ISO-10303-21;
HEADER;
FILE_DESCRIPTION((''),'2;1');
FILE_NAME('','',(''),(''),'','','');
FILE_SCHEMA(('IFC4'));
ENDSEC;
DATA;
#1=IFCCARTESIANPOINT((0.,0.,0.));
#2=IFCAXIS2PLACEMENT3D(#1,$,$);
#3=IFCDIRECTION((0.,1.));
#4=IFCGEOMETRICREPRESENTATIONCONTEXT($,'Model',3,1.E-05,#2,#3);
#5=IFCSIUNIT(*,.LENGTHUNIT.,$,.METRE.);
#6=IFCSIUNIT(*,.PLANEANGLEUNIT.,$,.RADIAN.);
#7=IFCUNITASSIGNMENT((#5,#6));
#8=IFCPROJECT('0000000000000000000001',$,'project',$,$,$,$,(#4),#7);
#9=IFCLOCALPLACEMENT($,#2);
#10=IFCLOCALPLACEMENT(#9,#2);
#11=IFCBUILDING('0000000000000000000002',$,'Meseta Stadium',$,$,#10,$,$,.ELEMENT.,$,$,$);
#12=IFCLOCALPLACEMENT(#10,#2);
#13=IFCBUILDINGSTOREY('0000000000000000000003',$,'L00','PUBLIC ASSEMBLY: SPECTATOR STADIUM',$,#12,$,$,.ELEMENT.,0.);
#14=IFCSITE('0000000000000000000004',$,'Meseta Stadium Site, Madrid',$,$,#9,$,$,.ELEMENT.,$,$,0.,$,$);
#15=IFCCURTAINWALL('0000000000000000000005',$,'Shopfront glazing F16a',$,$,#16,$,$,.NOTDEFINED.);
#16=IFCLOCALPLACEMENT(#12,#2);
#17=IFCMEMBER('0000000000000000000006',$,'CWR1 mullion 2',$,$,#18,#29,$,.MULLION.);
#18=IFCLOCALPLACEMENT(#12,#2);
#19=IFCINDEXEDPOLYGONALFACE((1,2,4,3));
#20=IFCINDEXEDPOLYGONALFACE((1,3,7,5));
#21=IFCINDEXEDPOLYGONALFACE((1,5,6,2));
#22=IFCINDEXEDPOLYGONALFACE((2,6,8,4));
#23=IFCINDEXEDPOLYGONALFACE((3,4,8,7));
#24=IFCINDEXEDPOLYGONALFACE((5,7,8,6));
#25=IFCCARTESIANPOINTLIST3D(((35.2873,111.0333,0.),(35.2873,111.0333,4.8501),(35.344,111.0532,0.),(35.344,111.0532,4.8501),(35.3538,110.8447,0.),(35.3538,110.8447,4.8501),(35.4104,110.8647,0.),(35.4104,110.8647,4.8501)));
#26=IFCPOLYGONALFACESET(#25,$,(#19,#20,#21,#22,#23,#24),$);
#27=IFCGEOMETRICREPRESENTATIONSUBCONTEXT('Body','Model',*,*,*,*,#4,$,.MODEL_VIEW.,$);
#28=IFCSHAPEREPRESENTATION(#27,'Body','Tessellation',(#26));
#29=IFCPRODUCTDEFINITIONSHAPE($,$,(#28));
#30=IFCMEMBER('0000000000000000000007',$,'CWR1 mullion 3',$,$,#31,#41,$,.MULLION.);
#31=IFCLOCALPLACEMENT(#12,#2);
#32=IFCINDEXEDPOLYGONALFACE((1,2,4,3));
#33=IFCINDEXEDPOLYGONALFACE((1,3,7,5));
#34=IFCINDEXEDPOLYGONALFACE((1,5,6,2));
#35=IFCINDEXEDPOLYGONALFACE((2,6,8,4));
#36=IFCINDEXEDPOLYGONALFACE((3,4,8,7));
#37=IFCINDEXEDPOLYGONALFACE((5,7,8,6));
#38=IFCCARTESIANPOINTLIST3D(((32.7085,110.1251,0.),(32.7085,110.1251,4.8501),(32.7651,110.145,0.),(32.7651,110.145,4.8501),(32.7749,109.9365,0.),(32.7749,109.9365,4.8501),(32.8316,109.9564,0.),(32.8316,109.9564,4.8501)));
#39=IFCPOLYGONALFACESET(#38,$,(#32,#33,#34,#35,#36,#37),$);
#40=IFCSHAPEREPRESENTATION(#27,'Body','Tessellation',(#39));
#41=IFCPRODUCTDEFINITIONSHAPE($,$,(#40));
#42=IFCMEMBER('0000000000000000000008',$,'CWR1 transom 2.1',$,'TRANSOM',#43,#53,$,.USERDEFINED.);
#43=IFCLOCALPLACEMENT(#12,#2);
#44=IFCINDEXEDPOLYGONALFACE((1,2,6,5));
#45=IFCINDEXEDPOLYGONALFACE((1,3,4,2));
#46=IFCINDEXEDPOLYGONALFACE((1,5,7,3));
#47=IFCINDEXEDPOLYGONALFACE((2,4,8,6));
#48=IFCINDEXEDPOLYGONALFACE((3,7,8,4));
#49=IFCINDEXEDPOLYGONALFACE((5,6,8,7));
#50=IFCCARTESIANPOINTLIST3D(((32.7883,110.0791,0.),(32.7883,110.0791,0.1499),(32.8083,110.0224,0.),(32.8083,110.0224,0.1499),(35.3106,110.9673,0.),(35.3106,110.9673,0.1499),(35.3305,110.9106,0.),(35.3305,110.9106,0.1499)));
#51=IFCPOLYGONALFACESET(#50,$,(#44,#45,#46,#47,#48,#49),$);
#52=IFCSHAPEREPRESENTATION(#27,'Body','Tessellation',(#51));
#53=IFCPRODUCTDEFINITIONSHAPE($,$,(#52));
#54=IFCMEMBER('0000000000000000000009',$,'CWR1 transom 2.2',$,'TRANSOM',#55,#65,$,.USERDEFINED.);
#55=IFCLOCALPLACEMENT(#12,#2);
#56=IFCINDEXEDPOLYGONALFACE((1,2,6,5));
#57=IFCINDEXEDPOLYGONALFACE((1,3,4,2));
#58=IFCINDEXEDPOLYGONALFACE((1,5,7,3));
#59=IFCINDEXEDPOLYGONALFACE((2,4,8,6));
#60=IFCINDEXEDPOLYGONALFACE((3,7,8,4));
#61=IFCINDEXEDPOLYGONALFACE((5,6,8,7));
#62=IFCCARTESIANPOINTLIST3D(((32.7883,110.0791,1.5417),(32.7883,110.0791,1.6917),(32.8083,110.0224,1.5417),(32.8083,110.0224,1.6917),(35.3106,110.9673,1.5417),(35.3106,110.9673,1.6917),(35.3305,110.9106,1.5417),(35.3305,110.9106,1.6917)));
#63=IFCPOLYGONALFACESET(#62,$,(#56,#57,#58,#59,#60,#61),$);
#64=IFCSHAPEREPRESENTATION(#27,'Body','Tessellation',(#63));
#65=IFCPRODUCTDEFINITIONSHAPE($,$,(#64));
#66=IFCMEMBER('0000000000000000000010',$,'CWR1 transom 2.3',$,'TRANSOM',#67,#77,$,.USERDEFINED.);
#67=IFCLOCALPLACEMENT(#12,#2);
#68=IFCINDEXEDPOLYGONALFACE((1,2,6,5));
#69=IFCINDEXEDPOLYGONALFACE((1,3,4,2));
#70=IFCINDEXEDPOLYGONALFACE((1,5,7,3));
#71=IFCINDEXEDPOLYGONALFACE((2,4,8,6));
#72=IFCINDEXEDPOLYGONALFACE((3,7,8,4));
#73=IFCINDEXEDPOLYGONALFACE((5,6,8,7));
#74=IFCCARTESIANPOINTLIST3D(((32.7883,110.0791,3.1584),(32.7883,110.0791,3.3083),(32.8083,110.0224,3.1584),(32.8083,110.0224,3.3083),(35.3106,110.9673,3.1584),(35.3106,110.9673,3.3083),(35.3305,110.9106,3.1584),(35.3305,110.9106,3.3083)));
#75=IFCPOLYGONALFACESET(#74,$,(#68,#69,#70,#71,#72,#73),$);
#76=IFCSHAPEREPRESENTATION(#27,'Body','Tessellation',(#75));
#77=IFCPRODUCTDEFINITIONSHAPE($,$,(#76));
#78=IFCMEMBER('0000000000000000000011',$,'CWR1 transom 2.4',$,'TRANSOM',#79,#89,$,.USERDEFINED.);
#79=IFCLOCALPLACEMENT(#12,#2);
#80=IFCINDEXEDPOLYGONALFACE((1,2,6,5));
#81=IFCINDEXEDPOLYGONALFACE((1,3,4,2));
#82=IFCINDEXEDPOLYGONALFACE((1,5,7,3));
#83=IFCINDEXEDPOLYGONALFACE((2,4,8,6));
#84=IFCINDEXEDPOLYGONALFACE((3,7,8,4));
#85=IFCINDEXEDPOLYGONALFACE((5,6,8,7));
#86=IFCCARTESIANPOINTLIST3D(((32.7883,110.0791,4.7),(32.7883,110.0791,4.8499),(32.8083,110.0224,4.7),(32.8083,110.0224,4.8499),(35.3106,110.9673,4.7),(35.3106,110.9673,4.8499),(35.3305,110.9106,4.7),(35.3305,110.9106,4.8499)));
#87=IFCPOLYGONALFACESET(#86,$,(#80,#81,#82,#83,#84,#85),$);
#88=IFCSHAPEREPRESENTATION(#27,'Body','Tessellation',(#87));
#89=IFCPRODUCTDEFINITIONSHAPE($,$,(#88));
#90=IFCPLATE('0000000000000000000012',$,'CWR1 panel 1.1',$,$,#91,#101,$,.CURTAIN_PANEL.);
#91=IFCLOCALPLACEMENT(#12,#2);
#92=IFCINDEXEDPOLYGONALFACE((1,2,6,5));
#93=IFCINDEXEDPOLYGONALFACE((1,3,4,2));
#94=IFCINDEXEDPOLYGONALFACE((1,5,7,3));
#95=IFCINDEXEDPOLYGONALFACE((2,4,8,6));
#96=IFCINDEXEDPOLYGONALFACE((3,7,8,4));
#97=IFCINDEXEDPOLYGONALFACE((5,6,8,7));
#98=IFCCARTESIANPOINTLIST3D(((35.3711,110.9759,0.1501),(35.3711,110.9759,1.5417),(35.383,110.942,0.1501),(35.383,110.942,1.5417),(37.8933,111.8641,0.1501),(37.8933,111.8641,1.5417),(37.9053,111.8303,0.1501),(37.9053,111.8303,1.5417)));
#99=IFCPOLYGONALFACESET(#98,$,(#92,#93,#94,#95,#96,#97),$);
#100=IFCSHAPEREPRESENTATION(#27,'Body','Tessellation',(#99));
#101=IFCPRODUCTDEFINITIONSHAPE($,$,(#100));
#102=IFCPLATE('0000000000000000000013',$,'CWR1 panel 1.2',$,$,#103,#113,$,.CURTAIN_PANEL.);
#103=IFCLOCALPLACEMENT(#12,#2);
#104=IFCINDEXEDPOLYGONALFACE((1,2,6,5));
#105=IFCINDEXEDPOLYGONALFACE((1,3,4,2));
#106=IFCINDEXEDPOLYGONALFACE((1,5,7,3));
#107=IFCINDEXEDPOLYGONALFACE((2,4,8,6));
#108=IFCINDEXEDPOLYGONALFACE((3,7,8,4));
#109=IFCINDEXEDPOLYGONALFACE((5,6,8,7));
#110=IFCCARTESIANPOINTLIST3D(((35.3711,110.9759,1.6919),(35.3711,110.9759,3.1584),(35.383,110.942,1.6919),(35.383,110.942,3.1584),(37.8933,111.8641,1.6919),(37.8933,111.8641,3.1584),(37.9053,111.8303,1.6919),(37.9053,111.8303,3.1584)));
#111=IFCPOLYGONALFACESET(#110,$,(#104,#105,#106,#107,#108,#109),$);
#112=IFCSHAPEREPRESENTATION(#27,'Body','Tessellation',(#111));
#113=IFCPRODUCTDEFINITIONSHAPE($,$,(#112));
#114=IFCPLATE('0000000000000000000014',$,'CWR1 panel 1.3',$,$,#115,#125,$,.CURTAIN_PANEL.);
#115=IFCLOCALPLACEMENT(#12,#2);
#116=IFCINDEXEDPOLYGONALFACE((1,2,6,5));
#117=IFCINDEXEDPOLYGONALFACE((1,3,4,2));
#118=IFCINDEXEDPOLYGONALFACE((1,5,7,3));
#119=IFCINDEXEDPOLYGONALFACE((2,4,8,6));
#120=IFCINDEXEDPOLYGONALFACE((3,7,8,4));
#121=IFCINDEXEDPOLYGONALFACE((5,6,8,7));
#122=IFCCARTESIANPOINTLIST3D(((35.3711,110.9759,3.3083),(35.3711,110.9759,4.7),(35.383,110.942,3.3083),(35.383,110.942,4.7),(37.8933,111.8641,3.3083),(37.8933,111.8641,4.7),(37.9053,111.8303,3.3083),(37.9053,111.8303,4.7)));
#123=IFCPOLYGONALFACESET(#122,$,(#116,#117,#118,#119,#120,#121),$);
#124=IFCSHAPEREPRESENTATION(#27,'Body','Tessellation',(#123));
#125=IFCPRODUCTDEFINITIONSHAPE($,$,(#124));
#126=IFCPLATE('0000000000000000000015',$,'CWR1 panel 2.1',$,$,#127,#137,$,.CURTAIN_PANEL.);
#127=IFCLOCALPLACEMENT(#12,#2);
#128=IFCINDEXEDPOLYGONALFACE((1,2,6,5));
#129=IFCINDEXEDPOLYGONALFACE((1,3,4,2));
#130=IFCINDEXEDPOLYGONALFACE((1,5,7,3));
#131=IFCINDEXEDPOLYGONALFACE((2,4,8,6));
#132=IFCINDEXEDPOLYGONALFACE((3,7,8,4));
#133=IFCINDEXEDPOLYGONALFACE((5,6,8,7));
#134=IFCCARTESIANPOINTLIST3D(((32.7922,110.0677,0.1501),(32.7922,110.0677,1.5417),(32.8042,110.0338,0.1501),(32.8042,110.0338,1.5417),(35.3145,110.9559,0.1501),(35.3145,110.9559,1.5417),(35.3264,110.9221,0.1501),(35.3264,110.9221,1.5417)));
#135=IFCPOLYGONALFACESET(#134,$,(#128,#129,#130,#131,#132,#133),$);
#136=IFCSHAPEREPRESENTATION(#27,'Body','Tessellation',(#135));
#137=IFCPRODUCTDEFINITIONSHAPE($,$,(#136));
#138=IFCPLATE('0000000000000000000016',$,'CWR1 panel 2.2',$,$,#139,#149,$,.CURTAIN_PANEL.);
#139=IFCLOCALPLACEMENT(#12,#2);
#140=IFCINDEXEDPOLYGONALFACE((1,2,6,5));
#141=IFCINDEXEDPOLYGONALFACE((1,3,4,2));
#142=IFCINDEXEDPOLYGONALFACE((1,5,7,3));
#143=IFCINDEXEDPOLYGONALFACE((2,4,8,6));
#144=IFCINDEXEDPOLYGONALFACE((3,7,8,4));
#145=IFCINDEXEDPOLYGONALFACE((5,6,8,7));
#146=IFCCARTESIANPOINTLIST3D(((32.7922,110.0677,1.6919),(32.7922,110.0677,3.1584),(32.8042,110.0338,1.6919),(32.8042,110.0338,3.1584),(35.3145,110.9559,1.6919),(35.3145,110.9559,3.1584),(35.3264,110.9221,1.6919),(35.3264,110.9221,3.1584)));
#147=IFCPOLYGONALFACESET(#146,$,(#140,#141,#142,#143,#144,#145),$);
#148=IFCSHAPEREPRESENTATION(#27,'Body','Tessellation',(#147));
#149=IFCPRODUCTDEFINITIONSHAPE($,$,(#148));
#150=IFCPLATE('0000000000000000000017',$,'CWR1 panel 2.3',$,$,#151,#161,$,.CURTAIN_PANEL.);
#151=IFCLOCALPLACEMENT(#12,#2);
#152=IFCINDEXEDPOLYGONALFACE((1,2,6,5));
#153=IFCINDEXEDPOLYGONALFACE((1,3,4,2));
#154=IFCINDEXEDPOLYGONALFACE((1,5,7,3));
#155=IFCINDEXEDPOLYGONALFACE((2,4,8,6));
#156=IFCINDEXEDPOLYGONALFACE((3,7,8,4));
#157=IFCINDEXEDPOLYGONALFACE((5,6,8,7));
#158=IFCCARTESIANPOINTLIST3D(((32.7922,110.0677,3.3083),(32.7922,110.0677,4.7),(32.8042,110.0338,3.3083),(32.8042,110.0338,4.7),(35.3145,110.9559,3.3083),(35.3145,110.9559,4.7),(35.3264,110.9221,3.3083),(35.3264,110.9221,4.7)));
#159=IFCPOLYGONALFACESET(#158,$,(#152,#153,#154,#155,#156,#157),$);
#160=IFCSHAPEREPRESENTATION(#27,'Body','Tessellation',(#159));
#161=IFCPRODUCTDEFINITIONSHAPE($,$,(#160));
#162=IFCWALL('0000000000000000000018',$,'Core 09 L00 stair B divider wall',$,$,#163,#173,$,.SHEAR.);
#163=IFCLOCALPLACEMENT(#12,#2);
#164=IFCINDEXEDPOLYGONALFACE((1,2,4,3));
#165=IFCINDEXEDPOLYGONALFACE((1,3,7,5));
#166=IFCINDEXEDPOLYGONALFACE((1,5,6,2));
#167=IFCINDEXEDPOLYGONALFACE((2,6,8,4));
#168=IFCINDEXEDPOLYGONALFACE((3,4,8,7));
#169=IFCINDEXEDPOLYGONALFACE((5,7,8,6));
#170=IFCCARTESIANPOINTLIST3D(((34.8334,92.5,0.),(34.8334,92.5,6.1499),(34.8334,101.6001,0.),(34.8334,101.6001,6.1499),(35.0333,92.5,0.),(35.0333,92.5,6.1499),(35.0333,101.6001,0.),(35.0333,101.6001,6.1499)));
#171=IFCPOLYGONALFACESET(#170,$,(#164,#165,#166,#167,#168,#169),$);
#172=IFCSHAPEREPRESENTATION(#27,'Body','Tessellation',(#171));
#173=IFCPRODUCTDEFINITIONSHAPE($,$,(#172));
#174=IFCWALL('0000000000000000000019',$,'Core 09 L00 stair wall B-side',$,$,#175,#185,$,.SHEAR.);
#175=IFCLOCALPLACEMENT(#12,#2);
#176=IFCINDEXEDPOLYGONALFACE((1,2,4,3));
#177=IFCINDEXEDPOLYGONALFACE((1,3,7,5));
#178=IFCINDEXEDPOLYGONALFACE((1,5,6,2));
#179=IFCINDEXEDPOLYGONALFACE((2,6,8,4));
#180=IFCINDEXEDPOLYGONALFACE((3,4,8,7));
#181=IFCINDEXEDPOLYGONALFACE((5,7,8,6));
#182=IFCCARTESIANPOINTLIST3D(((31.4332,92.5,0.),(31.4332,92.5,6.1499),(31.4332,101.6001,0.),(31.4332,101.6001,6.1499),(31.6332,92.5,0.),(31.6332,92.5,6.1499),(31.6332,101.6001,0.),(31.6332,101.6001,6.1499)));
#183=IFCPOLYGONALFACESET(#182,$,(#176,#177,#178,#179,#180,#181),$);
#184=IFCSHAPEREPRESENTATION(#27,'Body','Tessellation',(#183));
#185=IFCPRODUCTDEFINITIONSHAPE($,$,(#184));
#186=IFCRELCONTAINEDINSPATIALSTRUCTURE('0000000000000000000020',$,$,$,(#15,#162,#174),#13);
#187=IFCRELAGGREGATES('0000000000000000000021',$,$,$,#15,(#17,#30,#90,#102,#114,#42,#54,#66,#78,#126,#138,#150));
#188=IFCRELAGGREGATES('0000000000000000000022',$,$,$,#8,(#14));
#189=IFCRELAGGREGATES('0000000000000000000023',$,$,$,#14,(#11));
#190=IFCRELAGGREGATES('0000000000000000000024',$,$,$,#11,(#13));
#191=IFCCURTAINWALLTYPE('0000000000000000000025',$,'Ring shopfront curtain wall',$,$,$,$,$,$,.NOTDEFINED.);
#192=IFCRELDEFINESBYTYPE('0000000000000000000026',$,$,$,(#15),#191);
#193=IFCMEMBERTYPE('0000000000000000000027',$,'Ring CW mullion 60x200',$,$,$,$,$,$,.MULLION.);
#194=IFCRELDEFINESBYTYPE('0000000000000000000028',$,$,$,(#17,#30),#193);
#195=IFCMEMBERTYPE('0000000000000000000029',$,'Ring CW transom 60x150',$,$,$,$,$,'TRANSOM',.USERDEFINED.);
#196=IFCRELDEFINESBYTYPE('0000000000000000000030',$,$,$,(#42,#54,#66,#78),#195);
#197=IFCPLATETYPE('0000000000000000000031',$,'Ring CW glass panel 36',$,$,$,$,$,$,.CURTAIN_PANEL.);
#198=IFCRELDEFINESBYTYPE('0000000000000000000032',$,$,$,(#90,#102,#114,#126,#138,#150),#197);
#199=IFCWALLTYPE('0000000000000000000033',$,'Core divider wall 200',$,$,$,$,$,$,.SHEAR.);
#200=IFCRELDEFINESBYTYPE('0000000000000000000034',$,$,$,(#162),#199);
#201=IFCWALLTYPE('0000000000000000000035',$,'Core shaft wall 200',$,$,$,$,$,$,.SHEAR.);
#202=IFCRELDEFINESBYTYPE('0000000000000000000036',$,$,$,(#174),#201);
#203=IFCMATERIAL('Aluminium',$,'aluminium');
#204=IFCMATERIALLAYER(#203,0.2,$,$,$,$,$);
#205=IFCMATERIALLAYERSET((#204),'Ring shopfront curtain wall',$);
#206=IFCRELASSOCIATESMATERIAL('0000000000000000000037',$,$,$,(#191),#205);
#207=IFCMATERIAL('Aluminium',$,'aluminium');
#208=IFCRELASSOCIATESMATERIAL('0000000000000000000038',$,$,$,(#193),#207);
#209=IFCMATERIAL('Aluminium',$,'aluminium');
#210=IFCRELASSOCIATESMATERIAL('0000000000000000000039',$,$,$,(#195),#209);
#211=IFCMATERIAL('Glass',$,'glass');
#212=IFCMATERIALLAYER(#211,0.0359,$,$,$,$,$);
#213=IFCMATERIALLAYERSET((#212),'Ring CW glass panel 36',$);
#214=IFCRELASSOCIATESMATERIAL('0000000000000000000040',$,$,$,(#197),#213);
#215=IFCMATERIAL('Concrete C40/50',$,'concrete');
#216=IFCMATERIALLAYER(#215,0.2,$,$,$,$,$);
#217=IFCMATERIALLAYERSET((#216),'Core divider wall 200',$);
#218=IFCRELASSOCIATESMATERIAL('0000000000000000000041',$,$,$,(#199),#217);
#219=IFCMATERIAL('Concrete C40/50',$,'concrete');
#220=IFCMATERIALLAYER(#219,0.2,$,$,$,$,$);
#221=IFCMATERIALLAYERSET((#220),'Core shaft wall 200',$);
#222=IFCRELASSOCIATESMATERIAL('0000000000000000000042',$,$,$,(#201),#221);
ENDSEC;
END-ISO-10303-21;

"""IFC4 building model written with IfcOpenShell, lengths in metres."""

from ifc_helpers import new_model, si_unit, direction, frame, frame_2d, origin, origin_2d, place, context, subcontext, project, spatial, rectangle, extrude, material, layer, layer_set, material_profile, profile_set, type_object, element, aggregate, save


model = new_model("IFC4")

# Units and contexts
model_context = context("Model", 3, precision=1e-05, world=origin(), true_north=direction((0.0, 1.0)))
body_context = subcontext(model_context, "Body", "Model", "MODEL_VIEW")
ifc_project = project(units=[si_unit("LENGTHUNIT", "METRE"), si_unit("PLANEANGLEUNIT", "RADIAN")], contexts=[model_context])

# Site, building, storey
site_placement = place(None, origin())
site = spatial("IfcSite", under=ifc_project, at=site_placement, Name="Meseta Stadium Site, Madrid", CompositionType="ELEMENT", RefElevation=0.0)
building_placement = place(site_placement, origin())
building = spatial("IfcBuilding", under=site, at=building_placement, Name="Meseta Stadium", CompositionType="ELEMENT")
storey_placement = place(building_placement, origin())
storey = spatial("IfcBuildingStorey", under=building, at=storey_placement, Name="L00", Description="PUBLIC ASSEMBLY: SPECTATOR STADIUM", CompositionType="ELEMENT", Elevation=0.0)

# Curtain wall, members, plates
ifc_material_1 = material(Name="Aluminium", Category="aluminium")
ifc_layer_1 = layer(ifc_material_1, 0.2)
ifc_layer_set_1 = layer_set([ifc_layer_1], Name="Ring shopfront curtain wall")
curtain_wall_type = type_object("IfcCurtainWallType", Name="Ring shopfront curtain wall", PredefinedType="NOTDEFINED", material=ifc_layer_set_1)
curtain_wall_placement = place(storey_placement, origin())
curtain_wall = element("IfcCurtainWall", 1, at=curtain_wall_placement, inside=storey, type_object=curtain_wall_type, Name="Shopfront glazing F16a", PredefinedType="NOTDEFINED")
ifc_material_2 = material(Name="Aluminium", Category="aluminium")
ifc_material_profile_1 = material_profile(ifc_material_2, rectangle(XDim=0.2, YDim=0.0601, at=origin_2d()), Name="CW 200x60")
ifc_profile_set_1 = profile_set([ifc_material_profile_1], Name="Aluminium")
member_type_1 = type_object("IfcMemberType", Name="Ring CW mullion 60x200", PredefinedType="MULLION", material=ifc_profile_set_1)
member_1_placement = place(storey_placement, frame((35.3489, 110.949, 0.0), z_axis=(0.0, 0.0, 1.0), x_axis=(0.33217, -0.94322, 0.0)))
member_1 = element("IfcMember", 2, at=member_1_placement, type_object=member_type_1, Name="CWR1 mullion 2", PredefinedType="MULLION", context=body_context, shape_type="SweptSolid", body=[
    extrude(rectangle(XDim=0.2, YDim=0.0601, at=origin_2d()), origin(), (0.0, 0.0, 1.0), 4.8501),
])
member_2_placement = place(storey_placement, frame((32.77, 110.0408, 0.0), z_axis=(0.0, 0.0, 1.0), x_axis=(0.33217, -0.94322, 0.0)))
member_2 = element("IfcMember", 3, at=member_2_placement, type_object=member_type_1, Name="CWR1 mullion 3", PredefinedType="MULLION", context=body_context, shape_type="SweptSolid", body=[
    extrude(rectangle(XDim=0.2, YDim=0.0601, at=origin_2d()), origin(), (0.0, 0.0, 1.0), 4.8501),
])
ifc_material_3 = material(Name="Aluminium", Category="aluminium")
ifc_material_profile_2 = material_profile(ifc_material_3, rectangle(XDim=0.0601, YDim=0.1499, at=origin_2d()), Name="CW 60x150")
ifc_profile_set_2 = profile_set([ifc_material_profile_2], Name="Aluminium")
member_type_2 = type_object("IfcMemberType", Name="Ring CW transom 60x150", ElementType="TRANSOM", PredefinedType="USERDEFINED", material=ifc_profile_set_2)
member_3_placement = place(storey_placement, frame((35.3206, 110.939, 0.075), z_axis=(-0.943226, -0.332151, 0.0), x_axis=(0.332151, -0.943226, 0.0)))
member_3 = element("IfcMember", 4, at=member_3_placement, type_object=member_type_2, Name="CWR1 transom 2.1", ObjectType="TRANSOM", PredefinedType="USERDEFINED", context=body_context, shape_type="SweptSolid", body=[
    extrude(rectangle(XDim=0.0601, YDim=0.1499, at=origin_2d()), origin(), (0.0, 0.0, 1.0), 2.6741),
])
member_4_placement = place(storey_placement, frame((35.3206, 110.939, 1.6167), z_axis=(-0.943226, -0.332151, 0.0), x_axis=(0.332151, -0.943226, 0.0)))
member_4 = element("IfcMember", 5, at=member_4_placement, type_object=member_type_2, Name="CWR1 transom 2.2", ObjectType="TRANSOM", PredefinedType="USERDEFINED", context=body_context, shape_type="SweptSolid", body=[
    extrude(rectangle(XDim=0.0601, YDim=0.1499, at=origin_2d()), origin(), (0.0, 0.0, 1.0), 2.6741),
])
member_5_placement = place(storey_placement, frame((35.3206, 110.939, 3.2334), z_axis=(-0.943226, -0.332151, 0.0), x_axis=(0.332151, -0.943226, 0.0)))
member_5 = element("IfcMember", 6, at=member_5_placement, type_object=member_type_2, Name="CWR1 transom 2.3", ObjectType="TRANSOM", PredefinedType="USERDEFINED", context=body_context, shape_type="SweptSolid", body=[
    extrude(rectangle(XDim=0.0601, YDim=0.1499, at=origin_2d()), origin(), (0.0, 0.0, 1.0), 2.6741),
])
member_6_placement = place(storey_placement, frame((35.3206, 110.939, 4.7749), z_axis=(-0.943226, -0.332151, 0.0), x_axis=(0.332151, -0.943226, 0.0)))
member_6 = element("IfcMember", 7, at=member_6_placement, type_object=member_type_2, Name="CWR1 transom 2.4", ObjectType="TRANSOM", PredefinedType="USERDEFINED", context=body_context, shape_type="SweptSolid", body=[
    extrude(rectangle(XDim=0.0601, YDim=0.1499, at=origin_2d()), origin(), (0.0, 0.0, 1.0), 2.6741),
])
ifc_material_4 = material(Name="Glass", Category="glass")
ifc_layer_2 = layer(ifc_material_4, 0.0359)
ifc_layer_set_2 = layer_set([ifc_layer_2], Name="Ring CW glass panel 36")
plate_type = type_object("IfcPlateType", Name="Ring CW glass panel 36", PredefinedType="CURTAIN_PANEL", material=ifc_layer_set_2)
plate_1_placement = place(storey_placement, frame((36.6382, 111.4031, 0.1501), z_axis=(0.0, 0.0, 1.0), x_axis=(-0.94322, -0.33217, 0.0)))
plate_1 = element("IfcPlate", 8, at=plate_1_placement, type_object=plate_type, Name="CWR1 panel 1.1", PredefinedType="CURTAIN_PANEL", context=body_context, shape_type="SweptSolid", body=[
    extrude(rectangle(XDim=2.6741, YDim=0.0359, at=origin_2d()), origin(), (0.0, 0.0, 1.0), 1.3916),
])
plate_2_placement = place(storey_placement, frame((36.6382, 111.4031, 1.6919), z_axis=(0.0, 0.0, 1.0), x_axis=(-0.94322, -0.33217, 0.0)))
plate_2 = element("IfcPlate", 9, at=plate_2_placement, type_object=plate_type, Name="CWR1 panel 1.2", PredefinedType="CURTAIN_PANEL", context=body_context, shape_type="SweptSolid", body=[
    extrude(rectangle(XDim=2.6741, YDim=0.0359, at=origin_2d()), origin(), (0.0, 0.0, 1.0), 1.4666),
])
plate_3_placement = place(storey_placement, frame((36.6382, 111.4031, 3.3083), z_axis=(0.0, 0.0, 1.0), x_axis=(-0.94322, -0.33217, 0.0)))
plate_3 = element("IfcPlate", 10, at=plate_3_placement, type_object=plate_type, Name="CWR1 panel 1.3", PredefinedType="CURTAIN_PANEL", context=body_context, shape_type="SweptSolid", body=[
    extrude(rectangle(XDim=2.6741, YDim=0.0359, at=origin_2d()), origin(), (0.0, 0.0, 1.0), 1.3916),
])
plate_4_placement = place(storey_placement, frame((34.0593, 110.4949, 0.1501), z_axis=(0.0, 0.0, 1.0), x_axis=(-0.94322, -0.33217, 0.0)))
plate_4 = element("IfcPlate", 11, at=plate_4_placement, type_object=plate_type, Name="CWR1 panel 2.1", PredefinedType="CURTAIN_PANEL", context=body_context, shape_type="SweptSolid", body=[
    extrude(rectangle(XDim=2.6741, YDim=0.0359, at=origin_2d()), origin(), (0.0, 0.0, 1.0), 1.3916),
])
plate_5_placement = place(storey_placement, frame((34.0593, 110.4949, 1.6919), z_axis=(0.0, 0.0, 1.0), x_axis=(-0.94322, -0.33217, 0.0)))
plate_5 = element("IfcPlate", 12, at=plate_5_placement, type_object=plate_type, Name="CWR1 panel 2.2", PredefinedType="CURTAIN_PANEL", context=body_context, shape_type="SweptSolid", body=[
    extrude(rectangle(XDim=2.6741, YDim=0.0359, at=origin_2d()), origin(), (0.0, 0.0, 1.0), 1.4666),
])
plate_6_placement = place(storey_placement, frame((34.0593, 110.4949, 3.3083), z_axis=(0.0, 0.0, 1.0), x_axis=(-0.94322, -0.33217, 0.0)))
plate_6 = element("IfcPlate", 13, at=plate_6_placement, type_object=plate_type, Name="CWR1 panel 2.3", PredefinedType="CURTAIN_PANEL", context=body_context, shape_type="SweptSolid", body=[
    extrude(rectangle(XDim=2.6741, YDim=0.0359, at=origin_2d()), origin(), (0.0, 0.0, 1.0), 1.3916),
])
aggregate(curtain_wall, [member_1, member_2, plate_1, plate_2, plate_3, member_3, member_4, member_5, member_6, plate_4, plate_5, plate_6])

# Walls
ifc_material_5 = material(Name="Concrete C40/50", Category="concrete")
ifc_layer_3 = layer(ifc_material_5, 0.2)
ifc_layer_set_3 = layer_set([ifc_layer_3], Name="Core divider wall 200")
wall_type_1 = type_object("IfcWallType", Name="Core divider wall 200", PredefinedType="SHEAR", material=ifc_layer_set_3)
wall_1_placement = place(storey_placement, frame((34.9333, 101.6001, 0.0), z_axis=(0.0, 0.0, 1.0), x_axis=(0.0, -1.0, 0.0)))
element("IfcWall", 14, at=wall_1_placement, inside=storey, type_object=wall_type_1, Name="Core 09 L00 stair B divider wall", PredefinedType="SHEAR", context=body_context, shape_type="SweptSolid", body=[
    extrude(rectangle(XDim=9.1001, YDim=0.2, at=frame_2d((4.55, 0.0))), origin(), (0.0, 0.0, 1.0), 6.1499),
])
ifc_material_6 = material(Name="Concrete C40/50", Category="concrete")
ifc_layer_4 = layer(ifc_material_6, 0.2)
ifc_layer_set_4 = layer_set([ifc_layer_4], Name="Core shaft wall 200")
wall_type_2 = type_object("IfcWallType", Name="Core shaft wall 200", PredefinedType="SHEAR", material=ifc_layer_set_4)
wall_2_placement = place(storey_placement, frame((31.5332, 101.6001, 0.0), z_axis=(0.0, 0.0, 1.0), x_axis=(0.0, -1.0, 0.0)))
element("IfcWall", 15, at=wall_2_placement, inside=storey, type_object=wall_type_2, Name="Core 09 L00 stair wall B-side", PredefinedType="SHEAR", context=body_context, shape_type="SweptSolid", body=[
    extrude(rectangle(XDim=9.1001, YDim=0.2, at=frame_2d((4.55, 0.0))), origin(), (0.0, 0.0, 1.0), 6.1499),
])

save(model, "model.ifc")
